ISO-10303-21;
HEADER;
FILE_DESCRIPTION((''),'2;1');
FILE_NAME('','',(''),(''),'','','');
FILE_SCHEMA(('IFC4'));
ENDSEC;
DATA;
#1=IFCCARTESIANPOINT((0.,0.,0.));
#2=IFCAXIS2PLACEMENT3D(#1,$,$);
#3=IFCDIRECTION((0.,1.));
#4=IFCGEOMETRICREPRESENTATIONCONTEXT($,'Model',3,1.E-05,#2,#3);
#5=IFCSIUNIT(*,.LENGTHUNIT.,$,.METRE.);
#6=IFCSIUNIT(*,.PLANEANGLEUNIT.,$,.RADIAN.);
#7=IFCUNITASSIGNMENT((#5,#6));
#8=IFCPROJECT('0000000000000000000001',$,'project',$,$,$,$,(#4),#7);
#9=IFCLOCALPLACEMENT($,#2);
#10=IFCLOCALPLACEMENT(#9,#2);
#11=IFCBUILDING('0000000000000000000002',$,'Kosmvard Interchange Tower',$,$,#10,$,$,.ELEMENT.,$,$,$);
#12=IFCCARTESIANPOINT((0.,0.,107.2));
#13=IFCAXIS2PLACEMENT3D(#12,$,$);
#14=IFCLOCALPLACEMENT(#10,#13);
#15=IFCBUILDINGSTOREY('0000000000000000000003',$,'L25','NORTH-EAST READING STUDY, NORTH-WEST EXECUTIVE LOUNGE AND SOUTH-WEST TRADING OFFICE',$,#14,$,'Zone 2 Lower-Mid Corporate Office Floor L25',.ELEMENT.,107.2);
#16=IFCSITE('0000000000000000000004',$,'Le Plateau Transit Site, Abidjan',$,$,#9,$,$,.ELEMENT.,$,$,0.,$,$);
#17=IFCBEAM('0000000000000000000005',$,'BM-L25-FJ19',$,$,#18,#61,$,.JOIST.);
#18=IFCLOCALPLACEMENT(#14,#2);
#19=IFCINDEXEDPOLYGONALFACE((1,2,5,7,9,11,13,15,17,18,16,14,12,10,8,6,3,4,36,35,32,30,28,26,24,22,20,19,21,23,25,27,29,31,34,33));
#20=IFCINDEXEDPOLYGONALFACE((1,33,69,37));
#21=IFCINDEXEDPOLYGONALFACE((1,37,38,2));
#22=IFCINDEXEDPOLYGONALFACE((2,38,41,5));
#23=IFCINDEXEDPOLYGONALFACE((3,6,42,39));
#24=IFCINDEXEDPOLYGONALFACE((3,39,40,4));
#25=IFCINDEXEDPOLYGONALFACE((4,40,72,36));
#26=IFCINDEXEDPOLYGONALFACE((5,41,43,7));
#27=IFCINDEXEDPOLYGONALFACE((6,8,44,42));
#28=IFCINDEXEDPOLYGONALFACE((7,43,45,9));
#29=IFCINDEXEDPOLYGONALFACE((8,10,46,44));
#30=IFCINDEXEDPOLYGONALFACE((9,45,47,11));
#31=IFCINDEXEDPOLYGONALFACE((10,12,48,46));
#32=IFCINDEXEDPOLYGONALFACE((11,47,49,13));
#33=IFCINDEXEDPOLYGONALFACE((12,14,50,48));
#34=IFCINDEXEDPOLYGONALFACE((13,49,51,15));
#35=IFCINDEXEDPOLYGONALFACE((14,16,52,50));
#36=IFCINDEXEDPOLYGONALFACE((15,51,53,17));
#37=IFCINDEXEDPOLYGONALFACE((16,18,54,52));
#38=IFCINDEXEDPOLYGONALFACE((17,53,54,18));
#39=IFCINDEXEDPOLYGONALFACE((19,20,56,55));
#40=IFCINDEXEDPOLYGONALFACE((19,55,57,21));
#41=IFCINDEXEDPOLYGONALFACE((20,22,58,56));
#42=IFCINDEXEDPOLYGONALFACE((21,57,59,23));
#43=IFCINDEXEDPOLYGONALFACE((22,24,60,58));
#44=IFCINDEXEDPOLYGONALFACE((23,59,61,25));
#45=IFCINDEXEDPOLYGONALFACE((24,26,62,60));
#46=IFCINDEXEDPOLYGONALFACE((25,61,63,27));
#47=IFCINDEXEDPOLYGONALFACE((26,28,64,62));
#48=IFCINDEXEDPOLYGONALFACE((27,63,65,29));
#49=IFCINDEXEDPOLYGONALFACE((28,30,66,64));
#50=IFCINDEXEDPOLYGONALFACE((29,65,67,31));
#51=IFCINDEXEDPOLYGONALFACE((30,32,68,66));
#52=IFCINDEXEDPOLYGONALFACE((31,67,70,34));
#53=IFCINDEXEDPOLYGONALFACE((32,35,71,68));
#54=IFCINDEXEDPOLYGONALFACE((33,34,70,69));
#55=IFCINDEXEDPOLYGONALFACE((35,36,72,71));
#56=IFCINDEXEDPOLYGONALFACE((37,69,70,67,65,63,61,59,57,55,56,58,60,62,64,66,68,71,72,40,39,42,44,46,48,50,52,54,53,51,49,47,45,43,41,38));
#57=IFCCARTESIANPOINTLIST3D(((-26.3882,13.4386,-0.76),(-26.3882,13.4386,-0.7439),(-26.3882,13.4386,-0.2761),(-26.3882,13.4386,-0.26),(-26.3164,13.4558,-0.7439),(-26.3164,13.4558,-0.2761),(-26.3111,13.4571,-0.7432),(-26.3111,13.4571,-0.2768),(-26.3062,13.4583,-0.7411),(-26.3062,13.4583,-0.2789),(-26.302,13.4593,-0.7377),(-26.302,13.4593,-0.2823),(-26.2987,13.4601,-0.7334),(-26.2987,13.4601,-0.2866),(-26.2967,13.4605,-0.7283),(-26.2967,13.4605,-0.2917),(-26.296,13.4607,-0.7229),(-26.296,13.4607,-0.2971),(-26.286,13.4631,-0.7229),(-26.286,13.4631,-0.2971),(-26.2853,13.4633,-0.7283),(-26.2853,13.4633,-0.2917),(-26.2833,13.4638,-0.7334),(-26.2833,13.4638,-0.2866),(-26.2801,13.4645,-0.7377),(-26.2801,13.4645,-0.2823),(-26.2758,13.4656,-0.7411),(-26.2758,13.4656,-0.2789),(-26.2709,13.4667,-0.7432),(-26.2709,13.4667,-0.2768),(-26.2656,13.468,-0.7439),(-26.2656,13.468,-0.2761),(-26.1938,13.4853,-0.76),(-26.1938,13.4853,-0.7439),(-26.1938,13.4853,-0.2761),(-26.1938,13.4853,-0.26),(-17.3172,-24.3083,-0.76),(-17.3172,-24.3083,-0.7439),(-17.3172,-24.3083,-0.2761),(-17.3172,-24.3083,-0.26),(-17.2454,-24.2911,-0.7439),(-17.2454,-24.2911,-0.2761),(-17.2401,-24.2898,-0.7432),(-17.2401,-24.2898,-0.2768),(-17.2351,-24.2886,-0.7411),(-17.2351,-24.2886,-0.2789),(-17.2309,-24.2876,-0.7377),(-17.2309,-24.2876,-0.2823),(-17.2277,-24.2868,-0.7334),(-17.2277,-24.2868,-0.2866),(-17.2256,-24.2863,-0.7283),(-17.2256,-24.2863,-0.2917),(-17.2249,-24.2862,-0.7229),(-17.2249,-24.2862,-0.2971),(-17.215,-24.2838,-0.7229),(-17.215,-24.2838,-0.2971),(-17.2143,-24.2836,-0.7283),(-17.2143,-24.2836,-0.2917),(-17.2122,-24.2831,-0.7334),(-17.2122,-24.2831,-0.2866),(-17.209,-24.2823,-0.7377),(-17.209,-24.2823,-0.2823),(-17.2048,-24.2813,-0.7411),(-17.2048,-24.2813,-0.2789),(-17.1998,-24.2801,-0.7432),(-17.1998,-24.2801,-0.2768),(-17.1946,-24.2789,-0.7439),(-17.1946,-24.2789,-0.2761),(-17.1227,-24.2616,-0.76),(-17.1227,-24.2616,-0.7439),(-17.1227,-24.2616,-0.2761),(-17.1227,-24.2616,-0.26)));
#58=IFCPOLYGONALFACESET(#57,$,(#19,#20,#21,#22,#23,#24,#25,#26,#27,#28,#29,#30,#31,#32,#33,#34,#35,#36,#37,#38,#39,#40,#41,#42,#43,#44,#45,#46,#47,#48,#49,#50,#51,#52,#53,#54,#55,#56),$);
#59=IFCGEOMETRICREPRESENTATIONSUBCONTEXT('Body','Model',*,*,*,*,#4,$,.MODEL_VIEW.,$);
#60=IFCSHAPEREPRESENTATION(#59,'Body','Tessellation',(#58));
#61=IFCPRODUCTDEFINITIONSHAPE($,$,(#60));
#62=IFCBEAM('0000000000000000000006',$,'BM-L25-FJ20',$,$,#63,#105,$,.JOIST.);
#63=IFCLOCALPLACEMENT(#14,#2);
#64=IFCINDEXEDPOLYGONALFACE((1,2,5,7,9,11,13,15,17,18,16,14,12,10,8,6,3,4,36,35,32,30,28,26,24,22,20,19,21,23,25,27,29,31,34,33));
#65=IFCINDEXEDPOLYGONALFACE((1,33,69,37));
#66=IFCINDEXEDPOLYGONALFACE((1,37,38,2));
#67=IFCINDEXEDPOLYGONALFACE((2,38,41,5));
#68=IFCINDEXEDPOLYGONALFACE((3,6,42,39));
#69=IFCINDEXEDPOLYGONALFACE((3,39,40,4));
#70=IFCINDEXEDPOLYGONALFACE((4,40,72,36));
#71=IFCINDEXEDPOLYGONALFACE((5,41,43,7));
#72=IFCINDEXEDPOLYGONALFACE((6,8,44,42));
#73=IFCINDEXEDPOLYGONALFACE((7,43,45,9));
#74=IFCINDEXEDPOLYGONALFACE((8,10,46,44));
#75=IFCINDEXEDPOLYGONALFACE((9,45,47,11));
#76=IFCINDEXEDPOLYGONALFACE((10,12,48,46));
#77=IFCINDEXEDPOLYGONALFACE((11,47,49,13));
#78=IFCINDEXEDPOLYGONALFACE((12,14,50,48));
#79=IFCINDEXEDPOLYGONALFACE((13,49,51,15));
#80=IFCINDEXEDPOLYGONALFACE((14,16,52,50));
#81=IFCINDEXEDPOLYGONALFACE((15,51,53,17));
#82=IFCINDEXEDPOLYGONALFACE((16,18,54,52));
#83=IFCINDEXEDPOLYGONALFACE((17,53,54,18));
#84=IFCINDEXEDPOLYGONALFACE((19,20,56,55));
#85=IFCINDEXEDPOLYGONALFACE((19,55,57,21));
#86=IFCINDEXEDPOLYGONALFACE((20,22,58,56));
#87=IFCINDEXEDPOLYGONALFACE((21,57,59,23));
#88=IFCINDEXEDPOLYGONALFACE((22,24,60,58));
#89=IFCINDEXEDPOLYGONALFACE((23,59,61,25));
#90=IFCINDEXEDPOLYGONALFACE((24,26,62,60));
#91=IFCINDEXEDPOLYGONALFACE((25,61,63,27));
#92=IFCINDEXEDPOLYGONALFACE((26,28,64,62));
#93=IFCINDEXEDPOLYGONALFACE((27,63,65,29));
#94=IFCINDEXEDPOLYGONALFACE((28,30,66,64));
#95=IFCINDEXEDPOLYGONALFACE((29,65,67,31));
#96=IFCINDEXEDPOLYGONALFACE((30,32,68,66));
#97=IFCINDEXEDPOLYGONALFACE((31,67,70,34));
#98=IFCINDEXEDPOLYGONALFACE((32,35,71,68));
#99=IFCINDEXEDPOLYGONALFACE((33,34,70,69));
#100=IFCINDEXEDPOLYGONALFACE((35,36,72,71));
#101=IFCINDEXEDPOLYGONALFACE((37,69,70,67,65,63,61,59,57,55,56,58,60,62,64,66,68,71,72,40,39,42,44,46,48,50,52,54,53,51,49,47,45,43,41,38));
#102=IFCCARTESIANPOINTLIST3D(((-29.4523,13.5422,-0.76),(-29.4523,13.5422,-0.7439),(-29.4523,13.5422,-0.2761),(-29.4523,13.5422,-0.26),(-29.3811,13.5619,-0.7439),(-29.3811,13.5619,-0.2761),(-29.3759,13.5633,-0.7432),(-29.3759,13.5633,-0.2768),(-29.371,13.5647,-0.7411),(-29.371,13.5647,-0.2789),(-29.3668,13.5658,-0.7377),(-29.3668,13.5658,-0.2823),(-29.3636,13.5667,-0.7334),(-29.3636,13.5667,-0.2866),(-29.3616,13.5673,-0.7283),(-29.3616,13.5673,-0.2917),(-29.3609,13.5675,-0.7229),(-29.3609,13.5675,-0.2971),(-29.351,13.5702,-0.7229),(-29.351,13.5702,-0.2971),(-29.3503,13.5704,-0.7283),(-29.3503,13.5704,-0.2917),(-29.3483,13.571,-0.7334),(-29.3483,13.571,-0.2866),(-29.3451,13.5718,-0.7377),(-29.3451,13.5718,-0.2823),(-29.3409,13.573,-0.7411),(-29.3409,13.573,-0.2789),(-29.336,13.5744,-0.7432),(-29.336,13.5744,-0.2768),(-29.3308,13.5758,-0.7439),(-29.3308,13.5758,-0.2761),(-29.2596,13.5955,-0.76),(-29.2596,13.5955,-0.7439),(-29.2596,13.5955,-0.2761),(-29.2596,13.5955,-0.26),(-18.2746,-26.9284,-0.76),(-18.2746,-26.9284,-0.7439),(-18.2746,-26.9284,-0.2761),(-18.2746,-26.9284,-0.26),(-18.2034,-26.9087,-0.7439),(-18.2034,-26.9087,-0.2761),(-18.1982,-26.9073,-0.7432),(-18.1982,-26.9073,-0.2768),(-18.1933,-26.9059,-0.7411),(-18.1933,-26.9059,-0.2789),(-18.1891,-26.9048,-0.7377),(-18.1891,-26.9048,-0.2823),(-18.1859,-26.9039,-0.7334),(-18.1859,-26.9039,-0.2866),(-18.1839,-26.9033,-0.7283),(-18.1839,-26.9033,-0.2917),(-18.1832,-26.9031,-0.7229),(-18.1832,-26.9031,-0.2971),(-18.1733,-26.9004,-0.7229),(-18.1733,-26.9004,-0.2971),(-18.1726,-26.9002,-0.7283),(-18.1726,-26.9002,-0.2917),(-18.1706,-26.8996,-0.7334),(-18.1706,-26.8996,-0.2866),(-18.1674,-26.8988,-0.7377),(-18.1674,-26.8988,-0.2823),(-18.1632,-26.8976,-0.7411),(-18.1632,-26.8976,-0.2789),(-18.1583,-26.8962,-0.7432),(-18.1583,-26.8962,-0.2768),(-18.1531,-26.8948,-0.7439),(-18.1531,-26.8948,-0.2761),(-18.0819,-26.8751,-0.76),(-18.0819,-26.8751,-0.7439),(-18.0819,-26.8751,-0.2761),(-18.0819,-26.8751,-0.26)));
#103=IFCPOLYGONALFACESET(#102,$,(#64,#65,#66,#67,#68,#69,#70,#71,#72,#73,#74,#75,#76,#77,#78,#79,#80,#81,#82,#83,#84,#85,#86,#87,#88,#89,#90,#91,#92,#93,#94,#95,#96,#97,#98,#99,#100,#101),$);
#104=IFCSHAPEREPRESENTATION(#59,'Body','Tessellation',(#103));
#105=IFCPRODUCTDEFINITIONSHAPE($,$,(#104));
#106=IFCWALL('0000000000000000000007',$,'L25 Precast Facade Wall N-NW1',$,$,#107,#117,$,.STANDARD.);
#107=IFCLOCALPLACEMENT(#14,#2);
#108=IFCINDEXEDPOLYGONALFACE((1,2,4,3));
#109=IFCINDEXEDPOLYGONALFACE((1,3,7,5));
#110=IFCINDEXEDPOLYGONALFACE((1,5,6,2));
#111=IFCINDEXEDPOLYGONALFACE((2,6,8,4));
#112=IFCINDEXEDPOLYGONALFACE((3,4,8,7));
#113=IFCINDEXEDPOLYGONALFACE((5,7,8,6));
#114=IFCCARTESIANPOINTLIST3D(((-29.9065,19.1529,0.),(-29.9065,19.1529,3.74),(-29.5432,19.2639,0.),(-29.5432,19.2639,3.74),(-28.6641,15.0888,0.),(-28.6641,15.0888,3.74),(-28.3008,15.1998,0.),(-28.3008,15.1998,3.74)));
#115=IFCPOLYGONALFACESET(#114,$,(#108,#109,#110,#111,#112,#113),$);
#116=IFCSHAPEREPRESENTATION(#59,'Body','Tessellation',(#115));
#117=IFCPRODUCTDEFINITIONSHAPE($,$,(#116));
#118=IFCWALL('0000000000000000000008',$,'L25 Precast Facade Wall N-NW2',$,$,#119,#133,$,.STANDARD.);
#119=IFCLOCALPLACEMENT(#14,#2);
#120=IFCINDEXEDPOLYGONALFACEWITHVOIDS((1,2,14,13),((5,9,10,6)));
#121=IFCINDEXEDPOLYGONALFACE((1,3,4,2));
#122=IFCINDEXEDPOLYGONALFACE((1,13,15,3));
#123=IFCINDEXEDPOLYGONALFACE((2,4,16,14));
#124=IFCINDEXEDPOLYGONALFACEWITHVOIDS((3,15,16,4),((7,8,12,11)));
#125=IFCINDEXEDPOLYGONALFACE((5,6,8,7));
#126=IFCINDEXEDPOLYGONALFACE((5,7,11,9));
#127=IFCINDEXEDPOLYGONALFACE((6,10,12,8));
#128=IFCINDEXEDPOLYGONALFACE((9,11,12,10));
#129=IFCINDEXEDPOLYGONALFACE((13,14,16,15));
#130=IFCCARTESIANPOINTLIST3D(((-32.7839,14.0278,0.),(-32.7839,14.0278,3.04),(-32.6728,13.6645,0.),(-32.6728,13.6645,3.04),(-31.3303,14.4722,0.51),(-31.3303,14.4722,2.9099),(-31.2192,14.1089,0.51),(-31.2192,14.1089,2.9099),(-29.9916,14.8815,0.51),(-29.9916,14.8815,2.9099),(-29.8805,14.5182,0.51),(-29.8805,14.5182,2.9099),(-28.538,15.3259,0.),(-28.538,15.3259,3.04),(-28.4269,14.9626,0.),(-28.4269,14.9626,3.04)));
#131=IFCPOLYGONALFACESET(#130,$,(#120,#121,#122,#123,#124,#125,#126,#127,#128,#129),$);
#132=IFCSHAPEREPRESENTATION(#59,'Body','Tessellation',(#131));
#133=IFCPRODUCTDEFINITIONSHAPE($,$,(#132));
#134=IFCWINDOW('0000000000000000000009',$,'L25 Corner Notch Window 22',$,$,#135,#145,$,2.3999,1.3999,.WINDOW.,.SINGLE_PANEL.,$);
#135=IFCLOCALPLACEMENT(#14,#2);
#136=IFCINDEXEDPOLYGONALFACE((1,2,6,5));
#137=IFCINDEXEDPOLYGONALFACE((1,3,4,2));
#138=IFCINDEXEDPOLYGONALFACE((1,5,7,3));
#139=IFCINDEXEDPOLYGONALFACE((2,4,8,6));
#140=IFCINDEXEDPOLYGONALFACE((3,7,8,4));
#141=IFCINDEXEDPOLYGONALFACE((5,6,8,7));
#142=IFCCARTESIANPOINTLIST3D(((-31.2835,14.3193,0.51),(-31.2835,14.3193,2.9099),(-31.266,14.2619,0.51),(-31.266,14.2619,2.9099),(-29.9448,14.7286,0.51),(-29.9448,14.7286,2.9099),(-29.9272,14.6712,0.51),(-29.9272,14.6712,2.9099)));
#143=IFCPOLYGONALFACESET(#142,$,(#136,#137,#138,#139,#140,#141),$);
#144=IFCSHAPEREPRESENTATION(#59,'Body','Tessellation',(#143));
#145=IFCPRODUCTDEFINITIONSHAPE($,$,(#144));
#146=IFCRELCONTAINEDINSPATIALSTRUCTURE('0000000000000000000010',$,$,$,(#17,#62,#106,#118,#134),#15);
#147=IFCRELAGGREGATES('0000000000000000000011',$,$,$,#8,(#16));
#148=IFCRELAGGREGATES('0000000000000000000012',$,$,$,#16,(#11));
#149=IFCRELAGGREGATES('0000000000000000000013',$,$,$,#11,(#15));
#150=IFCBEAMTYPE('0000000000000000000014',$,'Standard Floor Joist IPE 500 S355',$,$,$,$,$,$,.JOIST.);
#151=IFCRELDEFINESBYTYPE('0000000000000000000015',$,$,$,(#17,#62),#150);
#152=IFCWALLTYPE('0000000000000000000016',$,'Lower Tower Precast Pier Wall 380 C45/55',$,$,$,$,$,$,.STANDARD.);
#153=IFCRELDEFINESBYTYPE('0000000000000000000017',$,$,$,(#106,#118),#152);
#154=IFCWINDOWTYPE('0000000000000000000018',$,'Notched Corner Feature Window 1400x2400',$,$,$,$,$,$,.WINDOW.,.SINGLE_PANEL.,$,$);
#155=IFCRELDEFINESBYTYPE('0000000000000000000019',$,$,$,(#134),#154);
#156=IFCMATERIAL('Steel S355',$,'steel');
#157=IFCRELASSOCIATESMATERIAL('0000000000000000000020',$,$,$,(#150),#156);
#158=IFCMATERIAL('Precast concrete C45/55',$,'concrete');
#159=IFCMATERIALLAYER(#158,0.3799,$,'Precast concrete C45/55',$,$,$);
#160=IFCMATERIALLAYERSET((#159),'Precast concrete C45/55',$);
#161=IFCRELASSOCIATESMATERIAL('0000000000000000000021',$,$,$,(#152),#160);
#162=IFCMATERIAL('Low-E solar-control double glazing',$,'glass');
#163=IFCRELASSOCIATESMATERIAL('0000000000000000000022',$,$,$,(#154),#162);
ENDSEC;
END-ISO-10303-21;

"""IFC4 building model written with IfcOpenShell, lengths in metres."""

from ifc_helpers import new_model, si_unit, direction, frame, frame_2d, origin, origin_2d, place, context, subcontext, project, spatial, rectangle, i_section, extrude, source, transform, mapped, material, layer, layer_set, material_profile, profile_set, type_object, element, fill, save


model = new_model("IFC4")

# Units and contexts
model_context = context("Model", 3, precision=1e-05, world=origin(), true_north=direction((0.0, 1.0)))
body_context = subcontext(model_context, "Body", "Model", "MODEL_VIEW")
ifc_project = project(units=[si_unit("LENGTHUNIT", "METRE"), si_unit("PLANEANGLEUNIT", "RADIAN")], contexts=[model_context])

# Site, building, storey
site_placement = place(None, origin())
site = spatial("IfcSite", under=ifc_project, at=site_placement, Name="Le Plateau Transit Site, Abidjan", CompositionType="ELEMENT", RefElevation=0.0)
building_placement = place(site_placement, origin())
building = spatial("IfcBuilding", under=site, at=building_placement, Name="Kosmvard Interchange Tower", CompositionType="ELEMENT")
storey_placement = place(building_placement, frame((0.0, 0.0, 107.2)))
storey = spatial("IfcBuildingStorey", under=building, at=storey_placement, Name="L25", Description="NORTH-EAST READING STUDY, NORTH-WEST EXECUTIVE LOUNGE AND SOUTH-WEST TRADING OFFICE", LongName="Zone 2 Lower-Mid Corporate Office Floor L25", CompositionType="ELEMENT", Elevation=107.2)

# Beams
ifc_material_1 = material(Name="Steel S355", Category="steel")
ifc_material_2 = material(Name="Precast concrete C45/55", Category="concrete")
ifc_material_profile_1 = material_profile(ifc_material_1, i_section(OverallWidth=0.2, OverallDepth=0.5, WebThickness=0.0103, FlangeThickness=0.0161, FilletRadius=0.021, at=origin_2d()), Name="IPE 500")
ifc_profile_set_1 = profile_set([ifc_material_profile_1], Name="Steel S355")
beam_type_1 = type_object("IfcBeamType", Name="Standard Floor Joist IPE 500 S355", PredefinedType="JOIST", material=ifc_profile_set_1)
shared_shape_1 = source(origin(), body_context, "Body", "SweptSolid", [
    extrude(i_section(OverallWidth=0.2, OverallDepth=0.5, WebThickness=0.0103, FlangeThickness=0.0161, FilletRadius=0.021, at=origin_2d()), origin(), (0.0, 0.0, 1.0), 38.8215),
])
beam_1_placement = place(storey_placement, frame((-26.291, 13.4619, -0.51), z_axis=(0.233661, -0.972318, 0.0), x_axis=(0.972318, 0.233661, 0.0)))
element("IfcBeam", 1, at=beam_1_placement, inside=storey, type_object=beam_type_1, Name="BM-L25-FJ19", PredefinedType="JOIST", context=body_context, shape_type="MappedRepresentation", body=[
    mapped(shared_shape_1, transform((0.0, 0.0, 0.0), scale=1.0)),
])
shared_shape_2 = source(origin(), body_context, "Body", "SweptSolid", [
    extrude(i_section(OverallWidth=0.2, OverallDepth=0.5, WebThickness=0.0103, FlangeThickness=0.0161, FilletRadius=0.021, at=origin_2d()), origin(), (0.0, 0.0, 1.0), 41.9858),
])
beam_2_placement = place(storey_placement, frame((-29.356, 13.5688, -0.51), z_axis=(0.266226, -0.963911, 0.0), x_axis=(0.963911, 0.266226, 0.0)))
element("IfcBeam", 2, at=beam_2_placement, inside=storey, type_object=beam_type_1, Name="BM-L25-FJ20", PredefinedType="JOIST", context=body_context, shape_type="MappedRepresentation", body=[
    mapped(shared_shape_2, transform((0.0, 0.0, 0.0), scale=1.0)),
])

# Wall
ifc_layer_1 = layer(ifc_material_2, 0.3799, Name="Precast concrete C45/55")
ifc_layer_set_1 = layer_set([ifc_layer_1], Name="Precast concrete C45/55")
wall_type = type_object("IfcWallType", Name="Lower Tower Precast Pier Wall 380 C45/55", PredefinedType="STANDARD", material=ifc_layer_set_1)
wall_1_placement = place(storey_placement, frame((-29.7249, 19.2085, 0.0), z_axis=(0.0, 0.0, 1.0), x_axis=(0.292346, -0.956313, 0.0)))
element("IfcWall", 3, at=wall_1_placement, inside=storey, type_object=wall_type, Name="L25 Precast Facade Wall N-NW1", PredefinedType="STANDARD", context=body_context, shape_type="SweptSolid", body=[
    extrude(rectangle(XDim=4.2498, YDim=0.3799, at=frame_2d((2.125, 0.0))), origin(), (0.0, 0.0, 1.0), 3.74),
])

# Wall, opening, window
wall_2_placement = place(storey_placement, frame((-28.4824, 15.1443, 0.0), z_axis=(0.0, 0.0, 1.0), x_axis=(-0.956304, -0.292374, 0.0)))
wall_2 = element("IfcWall", 4, at=wall_2_placement, inside=storey, type_object=wall_type, Name="L25 Precast Facade Wall N-NW2", PredefinedType="STANDARD", context=body_context, shape_type="SweptSolid", body=[
    extrude(rectangle(XDim=4.4399, YDim=0.3799, at=frame_2d((2.22, 0.0))), origin(), (0.0, 0.0, 1.0), 3.04),
])
opening_1_placement = place(wall_2_placement, frame((1.52, 0.0, 0.51)))
opening_1 = element("IfcOpeningElement", 5, at=opening_1_placement, cuts=wall_2, PredefinedType="OPENING", context=body_context, shape_type="SweptSolid", body=[
    extrude(rectangle(XDim=1.3999, YDim=2.3999, at=frame_2d((0.7, 1.2))), frame((0.0, 0.2, 0.0), z_axis=(0.0, -1.0, 0.0), x_axis=(1.0, 0.0, 0.0)), (0.0, 0.0, 1.0), 0.3999),
])
ifc_material_3 = material(Name="Low-E solar-control double glazing", Category="glass")
window_type_1 = type_object("IfcWindowType", Name="Notched Corner Feature Window 1400x2400", PartitioningType="SINGLE_PANEL", PredefinedType="WINDOW", material=ifc_material_3)
shared_shape_3 = source(origin(), body_context, "Body", "SweptSolid", [
    extrude(rectangle(XDim=1.3999, YDim=2.3999, at=frame_2d((0.7, 1.2))), frame((0.0, 0.03, 0.0), z_axis=(0.0, -1.0, 0.0), x_axis=(1.0, 0.0, 0.0)), (0.0, 0.0, 1.0), 0.0601),
])
window_1_placement = place(opening_1_placement, origin())
window_1 = element("IfcWindow", 6, at=window_1_placement, inside=storey, type_object=window_type_1, Name="L25 Corner Notch Window 22", OverallHeight=2.3999, OverallWidth=1.3999, PartitioningType="SINGLE_PANEL", PredefinedType="WINDOW", context=body_context, shape_type="MappedRepresentation", body=[
    mapped(shared_shape_3, transform((0.0, 0.0, 0.0), scale=1.0)),
])
fill(opening_1, window_1)

save(model, "model.ifc")
